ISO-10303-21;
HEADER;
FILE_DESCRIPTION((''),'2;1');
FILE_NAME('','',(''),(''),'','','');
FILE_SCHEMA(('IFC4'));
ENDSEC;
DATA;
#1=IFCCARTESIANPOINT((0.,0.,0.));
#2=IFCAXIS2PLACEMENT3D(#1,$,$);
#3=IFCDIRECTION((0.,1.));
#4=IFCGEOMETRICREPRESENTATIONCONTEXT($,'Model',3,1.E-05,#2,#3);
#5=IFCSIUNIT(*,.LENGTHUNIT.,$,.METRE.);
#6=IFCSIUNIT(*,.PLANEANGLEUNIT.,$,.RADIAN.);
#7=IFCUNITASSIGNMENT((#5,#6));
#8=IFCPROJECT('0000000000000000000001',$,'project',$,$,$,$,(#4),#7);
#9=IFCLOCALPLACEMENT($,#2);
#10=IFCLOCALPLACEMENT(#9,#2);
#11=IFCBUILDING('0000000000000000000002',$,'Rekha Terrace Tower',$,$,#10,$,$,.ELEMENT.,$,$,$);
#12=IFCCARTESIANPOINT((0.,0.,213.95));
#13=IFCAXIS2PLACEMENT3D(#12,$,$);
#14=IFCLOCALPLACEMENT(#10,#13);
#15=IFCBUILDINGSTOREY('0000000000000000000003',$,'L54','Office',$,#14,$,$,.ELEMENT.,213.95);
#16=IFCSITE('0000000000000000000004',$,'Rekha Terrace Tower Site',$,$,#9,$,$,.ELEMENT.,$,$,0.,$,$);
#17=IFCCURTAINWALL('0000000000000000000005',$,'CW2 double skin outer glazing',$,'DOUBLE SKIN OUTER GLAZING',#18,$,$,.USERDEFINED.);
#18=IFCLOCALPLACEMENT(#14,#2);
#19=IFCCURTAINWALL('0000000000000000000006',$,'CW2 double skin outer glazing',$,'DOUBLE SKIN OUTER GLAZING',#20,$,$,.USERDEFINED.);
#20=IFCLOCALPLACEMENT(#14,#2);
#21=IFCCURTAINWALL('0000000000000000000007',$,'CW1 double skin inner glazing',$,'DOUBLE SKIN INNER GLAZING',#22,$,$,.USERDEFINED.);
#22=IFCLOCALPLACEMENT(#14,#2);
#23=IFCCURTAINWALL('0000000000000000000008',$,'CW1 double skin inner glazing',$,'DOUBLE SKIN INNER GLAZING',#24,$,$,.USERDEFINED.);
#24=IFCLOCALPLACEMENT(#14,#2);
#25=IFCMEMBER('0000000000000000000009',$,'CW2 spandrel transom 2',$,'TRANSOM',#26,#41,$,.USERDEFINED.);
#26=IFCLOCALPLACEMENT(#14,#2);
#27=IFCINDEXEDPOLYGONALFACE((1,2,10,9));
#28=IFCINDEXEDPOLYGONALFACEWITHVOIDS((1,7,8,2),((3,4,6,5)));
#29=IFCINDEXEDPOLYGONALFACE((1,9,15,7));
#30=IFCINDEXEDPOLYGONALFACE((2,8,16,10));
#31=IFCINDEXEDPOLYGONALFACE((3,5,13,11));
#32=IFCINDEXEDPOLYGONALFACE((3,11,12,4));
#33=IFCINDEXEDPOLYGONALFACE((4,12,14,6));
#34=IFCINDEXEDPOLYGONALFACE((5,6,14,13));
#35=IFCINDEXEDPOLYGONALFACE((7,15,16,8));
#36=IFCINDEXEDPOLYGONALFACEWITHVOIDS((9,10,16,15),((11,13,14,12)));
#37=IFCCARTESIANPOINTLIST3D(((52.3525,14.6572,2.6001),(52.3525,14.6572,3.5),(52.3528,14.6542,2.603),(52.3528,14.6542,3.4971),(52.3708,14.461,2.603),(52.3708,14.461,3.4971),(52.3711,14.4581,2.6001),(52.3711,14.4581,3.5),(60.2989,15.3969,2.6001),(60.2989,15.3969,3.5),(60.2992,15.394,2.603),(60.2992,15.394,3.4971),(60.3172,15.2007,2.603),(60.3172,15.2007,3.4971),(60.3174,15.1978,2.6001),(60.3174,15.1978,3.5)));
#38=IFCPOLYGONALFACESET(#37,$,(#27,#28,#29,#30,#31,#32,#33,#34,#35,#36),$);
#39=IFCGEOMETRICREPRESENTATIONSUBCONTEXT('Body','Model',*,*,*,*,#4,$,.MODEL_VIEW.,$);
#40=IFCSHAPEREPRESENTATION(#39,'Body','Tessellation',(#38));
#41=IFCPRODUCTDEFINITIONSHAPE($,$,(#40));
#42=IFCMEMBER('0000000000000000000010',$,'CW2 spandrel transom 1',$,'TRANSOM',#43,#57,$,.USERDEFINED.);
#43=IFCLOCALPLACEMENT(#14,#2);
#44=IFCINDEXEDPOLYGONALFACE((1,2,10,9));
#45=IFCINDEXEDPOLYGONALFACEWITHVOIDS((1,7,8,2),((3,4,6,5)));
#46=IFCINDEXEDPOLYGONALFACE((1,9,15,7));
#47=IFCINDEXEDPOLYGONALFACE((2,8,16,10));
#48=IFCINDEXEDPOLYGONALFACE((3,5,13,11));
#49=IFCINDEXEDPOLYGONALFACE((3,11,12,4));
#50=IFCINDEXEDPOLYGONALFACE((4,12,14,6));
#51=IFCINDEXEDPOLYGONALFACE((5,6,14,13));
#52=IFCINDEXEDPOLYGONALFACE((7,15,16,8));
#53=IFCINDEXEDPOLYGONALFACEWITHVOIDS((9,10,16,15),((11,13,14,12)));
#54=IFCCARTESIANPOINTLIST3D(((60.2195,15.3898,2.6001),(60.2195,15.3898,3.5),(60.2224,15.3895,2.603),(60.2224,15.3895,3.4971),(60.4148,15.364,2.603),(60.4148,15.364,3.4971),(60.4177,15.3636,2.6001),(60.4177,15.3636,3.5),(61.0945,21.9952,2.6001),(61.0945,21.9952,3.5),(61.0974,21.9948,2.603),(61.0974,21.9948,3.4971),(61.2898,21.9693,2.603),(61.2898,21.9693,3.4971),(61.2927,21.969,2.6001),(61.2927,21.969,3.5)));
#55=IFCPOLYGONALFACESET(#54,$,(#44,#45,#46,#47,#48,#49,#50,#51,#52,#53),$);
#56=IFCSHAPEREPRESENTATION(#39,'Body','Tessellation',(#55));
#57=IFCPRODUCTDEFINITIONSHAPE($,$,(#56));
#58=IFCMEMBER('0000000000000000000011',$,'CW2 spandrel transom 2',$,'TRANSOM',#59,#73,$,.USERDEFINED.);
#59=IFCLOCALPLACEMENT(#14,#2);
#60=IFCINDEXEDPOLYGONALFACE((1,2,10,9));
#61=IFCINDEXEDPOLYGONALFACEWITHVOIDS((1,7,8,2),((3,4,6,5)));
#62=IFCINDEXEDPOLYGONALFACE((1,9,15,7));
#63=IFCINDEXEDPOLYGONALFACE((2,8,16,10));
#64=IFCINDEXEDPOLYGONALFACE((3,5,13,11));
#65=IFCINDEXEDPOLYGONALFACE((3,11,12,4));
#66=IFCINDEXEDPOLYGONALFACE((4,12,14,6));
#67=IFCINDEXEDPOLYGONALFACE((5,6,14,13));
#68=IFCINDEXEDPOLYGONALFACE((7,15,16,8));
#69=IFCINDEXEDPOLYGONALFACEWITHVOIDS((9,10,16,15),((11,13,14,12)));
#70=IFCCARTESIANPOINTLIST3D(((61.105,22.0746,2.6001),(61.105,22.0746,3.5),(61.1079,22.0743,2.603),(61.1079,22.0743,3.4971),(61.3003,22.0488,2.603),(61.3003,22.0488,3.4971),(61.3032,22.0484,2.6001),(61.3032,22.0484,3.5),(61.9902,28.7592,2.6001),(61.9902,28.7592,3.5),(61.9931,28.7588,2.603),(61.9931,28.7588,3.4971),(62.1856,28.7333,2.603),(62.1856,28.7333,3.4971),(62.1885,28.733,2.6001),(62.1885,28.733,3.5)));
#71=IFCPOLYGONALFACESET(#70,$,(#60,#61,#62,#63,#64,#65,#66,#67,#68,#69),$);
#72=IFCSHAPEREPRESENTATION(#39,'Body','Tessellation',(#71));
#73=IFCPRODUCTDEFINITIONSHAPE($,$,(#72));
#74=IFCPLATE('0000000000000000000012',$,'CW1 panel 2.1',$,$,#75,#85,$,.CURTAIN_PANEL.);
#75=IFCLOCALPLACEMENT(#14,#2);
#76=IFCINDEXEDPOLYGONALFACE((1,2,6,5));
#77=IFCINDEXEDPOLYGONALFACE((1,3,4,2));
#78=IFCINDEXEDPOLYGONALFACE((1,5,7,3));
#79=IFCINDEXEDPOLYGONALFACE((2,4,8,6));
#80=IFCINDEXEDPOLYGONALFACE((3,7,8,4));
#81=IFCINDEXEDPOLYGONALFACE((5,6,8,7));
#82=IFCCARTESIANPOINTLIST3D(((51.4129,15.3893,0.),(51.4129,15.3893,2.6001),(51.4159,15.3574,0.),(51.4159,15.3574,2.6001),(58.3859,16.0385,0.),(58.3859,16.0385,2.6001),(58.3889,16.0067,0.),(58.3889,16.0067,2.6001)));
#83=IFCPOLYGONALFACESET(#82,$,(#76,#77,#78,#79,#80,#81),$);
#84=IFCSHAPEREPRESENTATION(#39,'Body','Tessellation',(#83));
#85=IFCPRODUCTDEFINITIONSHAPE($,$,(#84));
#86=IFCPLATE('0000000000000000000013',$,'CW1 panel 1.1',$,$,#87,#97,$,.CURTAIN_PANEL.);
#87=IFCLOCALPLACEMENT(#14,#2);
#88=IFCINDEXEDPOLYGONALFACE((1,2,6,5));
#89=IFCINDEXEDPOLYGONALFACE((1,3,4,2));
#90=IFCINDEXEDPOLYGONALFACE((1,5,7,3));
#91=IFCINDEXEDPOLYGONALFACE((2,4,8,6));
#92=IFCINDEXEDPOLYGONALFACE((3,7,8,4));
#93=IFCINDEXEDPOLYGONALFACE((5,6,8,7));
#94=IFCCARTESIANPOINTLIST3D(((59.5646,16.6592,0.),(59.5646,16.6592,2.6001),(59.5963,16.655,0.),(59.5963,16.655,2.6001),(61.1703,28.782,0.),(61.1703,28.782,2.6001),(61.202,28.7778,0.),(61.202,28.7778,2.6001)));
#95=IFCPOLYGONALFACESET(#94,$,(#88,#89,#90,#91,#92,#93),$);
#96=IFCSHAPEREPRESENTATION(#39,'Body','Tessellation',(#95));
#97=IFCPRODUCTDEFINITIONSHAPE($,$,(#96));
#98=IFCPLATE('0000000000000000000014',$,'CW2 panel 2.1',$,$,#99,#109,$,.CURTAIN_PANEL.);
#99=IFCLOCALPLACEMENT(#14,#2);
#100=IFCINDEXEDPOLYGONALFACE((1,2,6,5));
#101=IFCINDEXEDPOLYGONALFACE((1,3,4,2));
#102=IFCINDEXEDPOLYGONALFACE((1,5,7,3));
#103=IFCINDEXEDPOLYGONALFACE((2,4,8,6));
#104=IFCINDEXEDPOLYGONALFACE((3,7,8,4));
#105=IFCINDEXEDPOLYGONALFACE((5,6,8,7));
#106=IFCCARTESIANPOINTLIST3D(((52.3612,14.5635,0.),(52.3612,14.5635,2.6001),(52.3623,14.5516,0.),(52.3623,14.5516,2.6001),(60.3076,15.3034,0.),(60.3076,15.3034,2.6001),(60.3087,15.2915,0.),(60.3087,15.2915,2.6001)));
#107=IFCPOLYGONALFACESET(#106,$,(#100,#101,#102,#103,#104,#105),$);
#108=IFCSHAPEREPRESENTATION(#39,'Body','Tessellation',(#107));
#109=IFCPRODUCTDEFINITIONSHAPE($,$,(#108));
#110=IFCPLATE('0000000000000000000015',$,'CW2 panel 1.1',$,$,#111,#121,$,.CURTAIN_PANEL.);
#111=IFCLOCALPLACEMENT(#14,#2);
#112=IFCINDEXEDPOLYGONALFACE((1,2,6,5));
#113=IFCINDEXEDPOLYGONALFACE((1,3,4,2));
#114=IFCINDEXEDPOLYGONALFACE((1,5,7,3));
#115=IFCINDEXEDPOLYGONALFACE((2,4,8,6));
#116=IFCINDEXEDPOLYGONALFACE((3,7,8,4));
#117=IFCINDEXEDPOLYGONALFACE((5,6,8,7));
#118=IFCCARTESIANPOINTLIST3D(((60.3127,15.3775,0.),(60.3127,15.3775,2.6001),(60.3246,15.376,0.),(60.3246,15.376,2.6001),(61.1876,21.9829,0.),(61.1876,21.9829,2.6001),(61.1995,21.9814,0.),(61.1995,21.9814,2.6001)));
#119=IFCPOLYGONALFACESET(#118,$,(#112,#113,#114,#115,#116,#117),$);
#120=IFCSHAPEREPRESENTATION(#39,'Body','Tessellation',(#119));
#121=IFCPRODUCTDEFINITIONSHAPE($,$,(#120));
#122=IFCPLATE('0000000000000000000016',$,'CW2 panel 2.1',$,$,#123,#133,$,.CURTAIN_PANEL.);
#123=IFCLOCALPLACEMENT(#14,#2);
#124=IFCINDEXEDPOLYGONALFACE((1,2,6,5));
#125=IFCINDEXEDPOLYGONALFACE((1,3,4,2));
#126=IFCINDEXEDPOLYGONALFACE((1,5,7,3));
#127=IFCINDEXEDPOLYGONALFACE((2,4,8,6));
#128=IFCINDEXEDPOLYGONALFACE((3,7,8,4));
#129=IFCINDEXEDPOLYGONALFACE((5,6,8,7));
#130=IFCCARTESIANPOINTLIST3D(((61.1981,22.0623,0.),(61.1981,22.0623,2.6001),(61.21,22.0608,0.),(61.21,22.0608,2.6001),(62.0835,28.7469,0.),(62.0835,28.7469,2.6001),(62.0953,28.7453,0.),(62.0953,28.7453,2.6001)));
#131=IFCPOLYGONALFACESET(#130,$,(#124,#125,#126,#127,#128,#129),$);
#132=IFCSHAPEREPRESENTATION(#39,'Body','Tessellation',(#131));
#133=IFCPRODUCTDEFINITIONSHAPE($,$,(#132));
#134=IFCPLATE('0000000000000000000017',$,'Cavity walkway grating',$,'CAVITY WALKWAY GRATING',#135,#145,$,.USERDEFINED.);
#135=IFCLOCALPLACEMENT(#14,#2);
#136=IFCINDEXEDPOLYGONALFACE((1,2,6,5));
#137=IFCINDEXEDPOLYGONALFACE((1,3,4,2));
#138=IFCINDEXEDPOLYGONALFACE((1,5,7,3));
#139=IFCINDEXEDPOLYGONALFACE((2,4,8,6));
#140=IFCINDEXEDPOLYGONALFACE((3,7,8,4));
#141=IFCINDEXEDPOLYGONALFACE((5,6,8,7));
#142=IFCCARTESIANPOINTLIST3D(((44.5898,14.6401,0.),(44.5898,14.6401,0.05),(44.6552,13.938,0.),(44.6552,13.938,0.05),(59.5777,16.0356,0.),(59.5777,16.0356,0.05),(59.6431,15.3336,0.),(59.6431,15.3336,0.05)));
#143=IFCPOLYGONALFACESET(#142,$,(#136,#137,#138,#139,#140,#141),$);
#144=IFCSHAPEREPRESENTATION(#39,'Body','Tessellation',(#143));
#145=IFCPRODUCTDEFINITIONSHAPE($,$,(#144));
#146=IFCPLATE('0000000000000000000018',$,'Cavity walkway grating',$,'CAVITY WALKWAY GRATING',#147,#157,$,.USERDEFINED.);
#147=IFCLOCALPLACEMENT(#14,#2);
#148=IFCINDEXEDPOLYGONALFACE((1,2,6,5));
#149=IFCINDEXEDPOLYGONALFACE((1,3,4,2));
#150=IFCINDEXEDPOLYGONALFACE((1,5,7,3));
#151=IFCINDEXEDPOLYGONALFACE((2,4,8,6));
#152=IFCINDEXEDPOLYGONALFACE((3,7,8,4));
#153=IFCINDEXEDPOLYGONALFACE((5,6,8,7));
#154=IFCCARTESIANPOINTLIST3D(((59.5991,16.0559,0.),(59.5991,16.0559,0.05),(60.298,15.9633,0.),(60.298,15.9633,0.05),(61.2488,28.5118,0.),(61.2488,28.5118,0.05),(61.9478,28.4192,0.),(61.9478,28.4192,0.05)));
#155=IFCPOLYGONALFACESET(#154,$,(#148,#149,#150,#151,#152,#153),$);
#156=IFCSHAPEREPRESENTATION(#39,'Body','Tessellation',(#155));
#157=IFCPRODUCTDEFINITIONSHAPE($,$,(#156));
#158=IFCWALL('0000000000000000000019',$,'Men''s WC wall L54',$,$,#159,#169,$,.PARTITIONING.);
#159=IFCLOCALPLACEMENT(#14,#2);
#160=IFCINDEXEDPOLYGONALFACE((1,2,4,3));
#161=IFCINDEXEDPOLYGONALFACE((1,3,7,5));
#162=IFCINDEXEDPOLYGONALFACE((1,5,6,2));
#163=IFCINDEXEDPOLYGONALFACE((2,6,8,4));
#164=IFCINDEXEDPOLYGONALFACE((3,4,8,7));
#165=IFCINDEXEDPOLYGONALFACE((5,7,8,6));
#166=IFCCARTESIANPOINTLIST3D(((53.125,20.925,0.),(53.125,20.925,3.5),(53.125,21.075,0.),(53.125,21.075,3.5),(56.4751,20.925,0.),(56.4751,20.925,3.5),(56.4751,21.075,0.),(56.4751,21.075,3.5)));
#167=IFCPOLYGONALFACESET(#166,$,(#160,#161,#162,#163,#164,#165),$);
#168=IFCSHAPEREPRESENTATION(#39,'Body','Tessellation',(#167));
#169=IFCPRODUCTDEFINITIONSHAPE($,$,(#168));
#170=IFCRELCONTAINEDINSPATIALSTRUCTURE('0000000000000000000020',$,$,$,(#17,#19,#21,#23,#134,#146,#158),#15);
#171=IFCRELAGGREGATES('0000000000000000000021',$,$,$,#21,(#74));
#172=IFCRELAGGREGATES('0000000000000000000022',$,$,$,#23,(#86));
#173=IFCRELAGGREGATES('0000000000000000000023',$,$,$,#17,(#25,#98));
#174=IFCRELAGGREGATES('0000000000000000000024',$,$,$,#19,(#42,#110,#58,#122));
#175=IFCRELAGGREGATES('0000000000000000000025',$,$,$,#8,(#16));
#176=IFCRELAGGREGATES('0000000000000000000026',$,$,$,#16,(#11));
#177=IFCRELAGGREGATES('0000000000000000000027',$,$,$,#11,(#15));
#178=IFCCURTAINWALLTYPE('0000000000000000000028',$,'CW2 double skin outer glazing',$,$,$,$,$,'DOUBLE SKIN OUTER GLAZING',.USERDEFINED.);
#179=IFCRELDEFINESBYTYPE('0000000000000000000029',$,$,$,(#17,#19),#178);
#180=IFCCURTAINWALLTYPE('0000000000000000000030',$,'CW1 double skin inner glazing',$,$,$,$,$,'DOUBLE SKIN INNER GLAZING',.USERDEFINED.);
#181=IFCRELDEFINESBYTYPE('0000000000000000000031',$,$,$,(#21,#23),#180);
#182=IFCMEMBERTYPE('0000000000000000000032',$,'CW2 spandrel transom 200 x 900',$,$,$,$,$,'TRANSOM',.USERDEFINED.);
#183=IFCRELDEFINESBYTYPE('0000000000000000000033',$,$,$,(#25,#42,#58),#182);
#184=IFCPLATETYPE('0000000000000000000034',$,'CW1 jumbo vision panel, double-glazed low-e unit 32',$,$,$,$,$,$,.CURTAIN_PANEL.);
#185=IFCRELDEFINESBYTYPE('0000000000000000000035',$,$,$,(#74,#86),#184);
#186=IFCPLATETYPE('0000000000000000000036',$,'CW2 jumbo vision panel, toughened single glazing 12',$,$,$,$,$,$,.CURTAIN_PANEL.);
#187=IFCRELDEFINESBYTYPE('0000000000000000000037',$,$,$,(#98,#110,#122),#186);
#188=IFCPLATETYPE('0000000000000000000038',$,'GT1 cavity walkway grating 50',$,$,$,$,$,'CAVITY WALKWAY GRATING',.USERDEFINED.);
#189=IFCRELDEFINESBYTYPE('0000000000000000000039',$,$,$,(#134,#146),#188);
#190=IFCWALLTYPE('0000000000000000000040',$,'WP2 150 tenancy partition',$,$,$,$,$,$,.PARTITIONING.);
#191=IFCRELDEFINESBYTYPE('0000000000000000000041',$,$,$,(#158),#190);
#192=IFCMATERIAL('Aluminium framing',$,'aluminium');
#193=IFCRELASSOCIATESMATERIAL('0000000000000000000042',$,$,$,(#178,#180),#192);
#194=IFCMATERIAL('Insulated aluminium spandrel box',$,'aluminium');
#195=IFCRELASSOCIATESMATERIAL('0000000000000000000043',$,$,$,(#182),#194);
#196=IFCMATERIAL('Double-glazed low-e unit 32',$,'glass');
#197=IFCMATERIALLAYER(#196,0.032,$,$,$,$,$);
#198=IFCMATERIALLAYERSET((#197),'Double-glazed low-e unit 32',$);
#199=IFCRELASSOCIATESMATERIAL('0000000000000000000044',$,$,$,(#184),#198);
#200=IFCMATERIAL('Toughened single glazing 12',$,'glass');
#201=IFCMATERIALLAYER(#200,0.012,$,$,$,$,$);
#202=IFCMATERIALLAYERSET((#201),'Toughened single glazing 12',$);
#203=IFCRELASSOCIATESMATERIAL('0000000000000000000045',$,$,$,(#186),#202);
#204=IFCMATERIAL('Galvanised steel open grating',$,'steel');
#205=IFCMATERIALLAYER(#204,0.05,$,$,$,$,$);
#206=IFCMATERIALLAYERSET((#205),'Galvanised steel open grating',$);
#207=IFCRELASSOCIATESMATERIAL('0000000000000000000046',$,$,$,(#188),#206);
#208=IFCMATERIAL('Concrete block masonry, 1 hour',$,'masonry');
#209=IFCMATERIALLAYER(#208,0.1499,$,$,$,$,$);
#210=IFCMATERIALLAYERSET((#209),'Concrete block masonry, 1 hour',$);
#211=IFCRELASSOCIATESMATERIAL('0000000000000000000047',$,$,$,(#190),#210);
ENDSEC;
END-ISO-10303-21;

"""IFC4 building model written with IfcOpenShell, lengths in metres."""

from ifc_helpers import new_model, si_unit, direction, frame, frame_2d, origin, origin_2d, place, context, subcontext, project, spatial, rectangle, hollow_rectangle, extrude, material, layer, layer_set, material_profile, profile_set, type_object, element, aggregate, save


model = new_model("IFC4")

# Units and contexts
model_context = context("Model", 3, precision=1e-05, world=origin(), true_north=direction((0.0, 1.0)))
body_context = subcontext(model_context, "Body", "Model", "MODEL_VIEW")
ifc_project = project(units=[si_unit("LENGTHUNIT", "METRE"), si_unit("PLANEANGLEUNIT", "RADIAN")], contexts=[model_context])

# Site, building, storey
site_placement = place(None, origin())
site = spatial("IfcSite", under=ifc_project, at=site_placement, Name="Rekha Terrace Tower Site", CompositionType="ELEMENT", RefElevation=0.0)
building_placement = place(site_placement, origin())
building = spatial("IfcBuilding", under=site, at=building_placement, Name="Rekha Terrace Tower", CompositionType="ELEMENT")
storey_placement = place(building_placement, frame((0.0, 0.0, 213.95)))
storey = spatial("IfcBuildingStorey", under=building, at=storey_placement, Name="L54", Description="Office", CompositionType="ELEMENT", Elevation=213.95)

# Curtain walls
ifc_material_1 = material(Name="Aluminium framing", Category="aluminium")
curtain_wall_type_1 = type_object("IfcCurtainWallType", Name="CW2 double skin outer glazing", ElementType="DOUBLE SKIN OUTER GLAZING", PredefinedType="USERDEFINED", material=ifc_material_1)
curtain_wall_1_placement = place(storey_placement, origin())
curtain_wall_1 = element("IfcCurtainWall", 1, at=curtain_wall_1_placement, inside=storey, type_object=curtain_wall_type_1, Name="CW2 double skin outer glazing", ObjectType="DOUBLE SKIN OUTER GLAZING", PredefinedType="USERDEFINED")
curtain_wall_2_placement = place(storey_placement, origin())
curtain_wall_2 = element("IfcCurtainWall", 2, at=curtain_wall_2_placement, inside=storey, type_object=curtain_wall_type_1, Name="CW2 double skin outer glazing", ObjectType="DOUBLE SKIN OUTER GLAZING", PredefinedType="USERDEFINED")
curtain_wall_type_2 = type_object("IfcCurtainWallType", Name="CW1 double skin inner glazing", ElementType="DOUBLE SKIN INNER GLAZING", PredefinedType="USERDEFINED", material=ifc_material_1)
curtain_wall_3_placement = place(storey_placement, origin())
curtain_wall_3 = element("IfcCurtainWall", 3, at=curtain_wall_3_placement, inside=storey, type_object=curtain_wall_type_2, Name="CW1 double skin inner glazing", ObjectType="DOUBLE SKIN INNER GLAZING", PredefinedType="USERDEFINED")
curtain_wall_4_placement = place(storey_placement, origin())
curtain_wall_4 = element("IfcCurtainWall", 4, at=curtain_wall_4_placement, inside=storey, type_object=curtain_wall_type_2, Name="CW1 double skin inner glazing", ObjectType="DOUBLE SKIN INNER GLAZING", PredefinedType="USERDEFINED")

# Members
ifc_material_2 = material(Name="Insulated aluminium spandrel box", Category="aluminium")
ifc_material_profile_1 = material_profile(ifc_material_2, hollow_rectangle(XDim=0.2, YDim=0.8999, WallThickness=0.0029, at=origin_2d()), Name="AL SPANDREL BOX 200x900")
ifc_profile_set_1 = profile_set([ifc_material_profile_1], Name="Insulated aluminium spandrel box")
member_type_1 = type_object("IfcMemberType", Name="CW2 spandrel transom 200 x 900", ElementType="TRANSOM", PredefinedType="USERDEFINED", material=ifc_profile_set_1)
member_1_placement = place(storey_placement, frame((52.3618, 14.5576, 3.05), z_axis=(0.995695, 0.092692, 0.0), x_axis=(-0.092692, 0.995695, 0.0)))
member_1 = element("IfcMember", 5, at=member_1_placement, type_object=member_type_1, Name="CW2 spandrel transom 2", ObjectType="TRANSOM", PredefinedType="USERDEFINED", context=body_context, shape_type="SweptSolid", body=[
    extrude(hollow_rectangle(XDim=0.2, YDim=0.8999, WallThickness=0.0029, at=origin_2d()), origin(), (0.0, 0.0, 1.0), 7.9807),
])
member_2_placement = place(storey_placement, frame((60.3186, 15.3767, 3.05), z_axis=(0.131319, 0.99134, 0.0), x_axis=(-0.99134, 0.131319, 0.0)))
member_2 = element("IfcMember", 6, at=member_2_placement, type_object=member_type_1, Name="CW2 spandrel transom 1", ObjectType="TRANSOM", PredefinedType="USERDEFINED", context=body_context, shape_type="SweptSolid", body=[
    extrude(hollow_rectangle(XDim=0.2, YDim=0.8999, WallThickness=0.0029, at=origin_2d()), origin(), (0.0, 0.0, 1.0), 6.6631),
])
member_3_placement = place(storey_placement, frame((61.2041, 22.0615, 3.05), z_axis=(0.131286, 0.991345, 0.0), x_axis=(-0.991345, 0.131286, 0.0)))
member_3 = element("IfcMember", 7, at=member_3_placement, type_object=member_type_1, Name="CW2 spandrel transom 2", ObjectType="TRANSOM", PredefinedType="USERDEFINED", context=body_context, shape_type="SweptSolid", body=[
    extrude(hollow_rectangle(XDim=0.2, YDim=0.8999, WallThickness=0.0029, at=origin_2d()), origin(), (0.0, 0.0, 1.0), 6.7429),
])

# Plates
ifc_material_3 = material(Name="Double-glazed low-e unit 32", Category="glass")
ifc_layer_1 = layer(ifc_material_3, 0.032)
ifc_layer_set_1 = layer_set([ifc_layer_1], Name="Double-glazed low-e unit 32")
plate_type_1 = type_object("IfcPlateType", Name="CW1 jumbo vision panel, double-glazed low-e unit 32", PredefinedType="CURTAIN_PANEL", material=ifc_layer_set_1)
plate_1_placement = place(storey_placement, frame((54.9009, 15.698, 0.0), z_axis=(0.0, 0.0, 1.0), x_axis=(0.995693, 0.092709, 0.0)))
plate_1 = element("IfcPlate", 8, at=plate_1_placement, type_object=plate_type_1, Name="CW1 panel 2.1", PredefinedType="CURTAIN_PANEL", context=body_context, shape_type="SweptSolid", body=[
    extrude(rectangle(XDim=7.0032, YDim=0.032, at=origin_2d()), origin(), (0.0, 0.0, 1.0), 2.6001),
])
aggregate(curtain_wall_3, [plate_1])
plate_2_placement = place(storey_placement, frame((60.3833, 22.7185, 0.0), z_axis=(0.0, 0.0, 1.0), x_axis=(0.131304, 0.991342, 0.0)))
plate_2 = element("IfcPlate", 9, at=plate_2_placement, type_object=plate_type_1, Name="CW1 panel 1.1", PredefinedType="CURTAIN_PANEL", context=body_context, shape_type="SweptSolid", body=[
    extrude(rectangle(XDim=12.2288, YDim=0.032, at=origin_2d()), origin(), (0.0, 0.0, 1.0), 2.6001),
])
aggregate(curtain_wall_4, [plate_2])
ifc_material_4 = material(Name="Toughened single glazing 12", Category="glass")
ifc_layer_2 = layer(ifc_material_4, 0.012)
ifc_layer_set_2 = layer_set([ifc_layer_2], Name="Toughened single glazing 12")
plate_type_2 = type_object("IfcPlateType", Name="CW2 jumbo vision panel, toughened single glazing 12", PredefinedType="CURTAIN_PANEL", material=ifc_layer_set_2)
plate_3_placement = place(storey_placement, frame((56.335, 14.9275, 0.0), z_axis=(0.0, 0.0, 1.0), x_axis=(0.995693, 0.092709, 0.0)))
plate_3 = element("IfcPlate", 10, at=plate_3_placement, type_object=plate_type_2, Name="CW2 panel 2.1", PredefinedType="CURTAIN_PANEL", context=body_context, shape_type="SweptSolid", body=[
    extrude(rectangle(XDim=7.9807, YDim=0.012, at=origin_2d()), origin(), (0.0, 0.0, 1.0), 2.6001),
])
aggregate(curtain_wall_1, [member_1, plate_3])
plate_4_placement = place(storey_placement, frame((60.7561, 18.6794, 0.0), z_axis=(0.0, 0.0, 1.0), x_axis=(0.131304, 0.991342, 0.0)))
plate_4 = element("IfcPlate", 11, at=plate_4_placement, type_object=plate_type_2, Name="CW2 panel 1.1", PredefinedType="CURTAIN_PANEL", context=body_context, shape_type="SweptSolid", body=[
    extrude(rectangle(XDim=6.6631, YDim=0.012, at=origin_2d()), origin(), (0.0, 0.0, 1.0), 2.6001),
])
plate_5_placement = place(storey_placement, frame((61.6467, 25.4038, 0.0), z_axis=(0.0, 0.0, 1.0), x_axis=(0.131304, 0.991342, 0.0)))
plate_5 = element("IfcPlate", 12, at=plate_5_placement, type_object=plate_type_2, Name="CW2 panel 2.1", PredefinedType="CURTAIN_PANEL", context=body_context, shape_type="SweptSolid", body=[
    extrude(rectangle(XDim=6.7429, YDim=0.012, at=origin_2d()), origin(), (0.0, 0.0, 1.0), 2.6001),
])
aggregate(curtain_wall_2, [member_2, plate_4, member_3, plate_5])

# Plates
ifc_material_5 = material(Name="Galvanised steel open grating", Category="steel")
ifc_layer_3 = layer(ifc_material_5, 0.05)
ifc_layer_set_3 = layer_set([ifc_layer_3], Name="Galvanised steel open grating")
plate_type_3 = type_object("IfcPlateType", Name="GT1 cavity walkway grating 50", ElementType="CAVITY WALKWAY GRATING", PredefinedType="USERDEFINED", material=ifc_layer_set_3)
plate_6_placement = place(storey_placement, frame((52.1165, 14.9868, 0.0), z_axis=(0.0, 0.0, 1.0), x_axis=(0.995693, 0.092709, 0.0)))
element("IfcPlate", 13, at=plate_6_placement, inside=storey, type_object=plate_type_3, Name="Cavity walkway grating", ObjectType="CAVITY WALKWAY GRATING", PredefinedType="USERDEFINED", context=body_context, shape_type="SweptSolid", body=[
    extrude(rectangle(XDim=15.0527, YDim=0.7051, at=origin_2d()), origin(), (0.0, 0.0, 1.0), 0.05),
])
plate_7_placement = place(storey_placement, frame((60.7734, 22.2375, 0.0), z_axis=(0.0, 0.0, 1.0), x_axis=(0.131304, 0.991342, 0.0)))
element("IfcPlate", 14, at=plate_7_placement, inside=storey, type_object=plate_type_3, Name="Cavity walkway grating", ObjectType="CAVITY WALKWAY GRATING", PredefinedType="USERDEFINED", context=body_context, shape_type="SweptSolid", body=[
    extrude(rectangle(XDim=12.5647, YDim=0.7051, at=origin_2d()), origin(), (0.0, 0.0, 1.0), 0.05),
])

# Wall
ifc_material_6 = material(Name="Concrete block masonry, 1 hour", Category="masonry")
ifc_layer_4 = layer(ifc_material_6, 0.1499)
ifc_layer_set_4 = layer_set([ifc_layer_4], Name="Concrete block masonry, 1 hour")
wall_type_1 = type_object("IfcWallType", Name="WP2 150 tenancy partition", PredefinedType="PARTITIONING", material=ifc_layer_set_4)
wall_1_placement = place(storey_placement, frame((53.125, 21.0, 0.0), z_axis=(0.0, 0.0, 1.0), x_axis=(1.0, 0.0, 0.0)))
element("IfcWall", 15, at=wall_1_placement, inside=storey, type_object=wall_type_1, Name="Men's WC wall L54", PredefinedType="PARTITIONING", context=body_context, shape_type="SweptSolid", body=[
    extrude(rectangle(XDim=3.3501, YDim=0.1499, at=frame_2d((1.675, 0.0))), origin(), (0.0, 0.0, 1.0), 3.5),
])

save(model, "model.ifc")
